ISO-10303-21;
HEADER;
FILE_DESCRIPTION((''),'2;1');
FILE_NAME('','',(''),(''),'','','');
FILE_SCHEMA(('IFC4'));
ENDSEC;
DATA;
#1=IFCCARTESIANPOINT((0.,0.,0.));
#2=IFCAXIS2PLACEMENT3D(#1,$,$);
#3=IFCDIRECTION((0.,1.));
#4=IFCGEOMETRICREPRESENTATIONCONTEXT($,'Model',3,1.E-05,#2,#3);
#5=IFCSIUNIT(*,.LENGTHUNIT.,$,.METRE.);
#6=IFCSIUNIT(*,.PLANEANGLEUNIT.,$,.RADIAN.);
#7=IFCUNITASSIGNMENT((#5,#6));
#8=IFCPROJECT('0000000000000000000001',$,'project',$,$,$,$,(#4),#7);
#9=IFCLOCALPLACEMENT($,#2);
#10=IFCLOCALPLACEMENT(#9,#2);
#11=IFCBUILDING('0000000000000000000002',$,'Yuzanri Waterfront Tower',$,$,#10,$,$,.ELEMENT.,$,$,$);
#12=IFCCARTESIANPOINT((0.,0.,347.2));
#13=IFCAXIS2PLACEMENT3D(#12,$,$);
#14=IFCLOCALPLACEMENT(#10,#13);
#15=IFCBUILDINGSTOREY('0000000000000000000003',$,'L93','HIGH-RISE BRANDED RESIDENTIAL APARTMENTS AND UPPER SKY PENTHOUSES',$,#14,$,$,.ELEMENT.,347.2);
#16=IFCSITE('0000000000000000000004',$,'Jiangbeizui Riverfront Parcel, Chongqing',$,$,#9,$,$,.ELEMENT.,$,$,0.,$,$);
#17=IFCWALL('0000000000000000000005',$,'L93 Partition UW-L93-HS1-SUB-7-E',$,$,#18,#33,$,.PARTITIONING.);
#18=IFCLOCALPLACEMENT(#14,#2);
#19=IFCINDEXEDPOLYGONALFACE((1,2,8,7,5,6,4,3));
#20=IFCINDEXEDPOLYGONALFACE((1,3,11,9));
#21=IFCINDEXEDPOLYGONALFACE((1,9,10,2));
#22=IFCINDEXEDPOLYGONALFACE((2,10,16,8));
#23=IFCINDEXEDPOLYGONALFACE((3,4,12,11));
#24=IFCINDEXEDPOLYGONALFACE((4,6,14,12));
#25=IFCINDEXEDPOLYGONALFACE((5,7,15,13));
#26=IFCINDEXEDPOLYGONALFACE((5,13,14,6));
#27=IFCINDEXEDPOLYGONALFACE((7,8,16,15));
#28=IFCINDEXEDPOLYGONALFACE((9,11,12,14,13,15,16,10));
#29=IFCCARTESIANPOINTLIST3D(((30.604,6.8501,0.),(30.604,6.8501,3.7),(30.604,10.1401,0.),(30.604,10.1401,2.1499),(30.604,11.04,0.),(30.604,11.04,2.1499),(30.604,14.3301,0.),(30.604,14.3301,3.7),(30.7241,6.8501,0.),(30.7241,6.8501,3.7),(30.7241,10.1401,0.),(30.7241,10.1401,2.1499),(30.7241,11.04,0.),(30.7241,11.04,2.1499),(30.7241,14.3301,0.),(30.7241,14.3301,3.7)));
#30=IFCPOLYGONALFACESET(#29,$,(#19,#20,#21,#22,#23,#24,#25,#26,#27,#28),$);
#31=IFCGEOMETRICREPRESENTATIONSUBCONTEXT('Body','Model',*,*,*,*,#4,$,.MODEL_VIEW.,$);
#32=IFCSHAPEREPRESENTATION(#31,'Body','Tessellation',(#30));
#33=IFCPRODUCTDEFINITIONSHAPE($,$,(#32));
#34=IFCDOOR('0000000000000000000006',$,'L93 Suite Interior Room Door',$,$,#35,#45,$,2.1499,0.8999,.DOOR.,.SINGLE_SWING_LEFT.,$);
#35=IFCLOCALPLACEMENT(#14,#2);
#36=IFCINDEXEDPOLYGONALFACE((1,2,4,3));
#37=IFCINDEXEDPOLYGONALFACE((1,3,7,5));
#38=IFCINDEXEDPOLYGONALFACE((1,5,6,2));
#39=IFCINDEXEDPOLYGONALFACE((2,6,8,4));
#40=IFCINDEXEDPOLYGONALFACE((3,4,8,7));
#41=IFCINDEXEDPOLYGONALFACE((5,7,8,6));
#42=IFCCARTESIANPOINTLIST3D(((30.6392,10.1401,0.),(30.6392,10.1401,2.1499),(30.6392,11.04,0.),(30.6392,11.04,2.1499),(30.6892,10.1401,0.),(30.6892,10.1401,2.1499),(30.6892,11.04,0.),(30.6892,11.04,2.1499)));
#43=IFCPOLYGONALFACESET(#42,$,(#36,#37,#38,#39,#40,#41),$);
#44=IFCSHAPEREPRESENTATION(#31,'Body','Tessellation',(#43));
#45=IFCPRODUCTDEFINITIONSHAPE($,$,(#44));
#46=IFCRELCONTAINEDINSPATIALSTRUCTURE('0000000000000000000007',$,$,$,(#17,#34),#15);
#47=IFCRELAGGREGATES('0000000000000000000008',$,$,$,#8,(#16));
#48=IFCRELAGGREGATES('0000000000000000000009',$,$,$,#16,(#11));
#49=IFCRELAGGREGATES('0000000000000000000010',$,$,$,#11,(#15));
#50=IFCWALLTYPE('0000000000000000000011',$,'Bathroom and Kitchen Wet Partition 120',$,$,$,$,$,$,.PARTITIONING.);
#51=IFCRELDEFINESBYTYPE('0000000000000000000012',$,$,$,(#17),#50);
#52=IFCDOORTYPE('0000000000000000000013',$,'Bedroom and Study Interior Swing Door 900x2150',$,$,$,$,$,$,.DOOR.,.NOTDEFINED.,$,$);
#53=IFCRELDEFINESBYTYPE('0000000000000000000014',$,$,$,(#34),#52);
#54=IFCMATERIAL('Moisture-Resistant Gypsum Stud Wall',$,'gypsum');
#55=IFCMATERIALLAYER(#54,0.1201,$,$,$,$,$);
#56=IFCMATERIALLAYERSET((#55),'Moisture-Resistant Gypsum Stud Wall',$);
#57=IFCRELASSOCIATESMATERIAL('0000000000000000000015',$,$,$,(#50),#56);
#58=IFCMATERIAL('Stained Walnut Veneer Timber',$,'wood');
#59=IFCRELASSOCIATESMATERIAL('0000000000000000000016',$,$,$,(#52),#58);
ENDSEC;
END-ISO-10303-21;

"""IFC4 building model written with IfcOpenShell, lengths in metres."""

from ifc_helpers import new_model, si_unit, direction, frame, frame_2d, origin, place, context, subcontext, project, spatial, rectangle, extrude, source, transform, mapped, material, layer, layer_set, type_object, element, fill, save


model = new_model("IFC4")

# Units and contexts
model_context = context("Model", 3, precision=1e-05, world=origin(), true_north=direction((0.0, 1.0)))
body_context = subcontext(model_context, "Body", "Model", "MODEL_VIEW")
ifc_project = project(units=[si_unit("LENGTHUNIT", "METRE"), si_unit("PLANEANGLEUNIT", "RADIAN")], contexts=[model_context])

# Site, building, storey
site_placement = place(None, origin())
site = spatial("IfcSite", under=ifc_project, at=site_placement, Name="Jiangbeizui Riverfront Parcel, Chongqing", CompositionType="ELEMENT", RefElevation=0.0)
building_placement = place(site_placement, origin())
building = spatial("IfcBuilding", under=site, at=building_placement, Name="Yuzanri Waterfront Tower", CompositionType="ELEMENT")
storey_placement = place(building_placement, frame((0.0, 0.0, 347.2)))
storey = spatial("IfcBuildingStorey", under=building, at=storey_placement, Name="L93", Description="HIGH-RISE BRANDED RESIDENTIAL APARTMENTS AND UPPER SKY PENTHOUSES", CompositionType="ELEMENT", Elevation=347.2)

# Wall, opening, door
ifc_material_1 = material(Name="Moisture-Resistant Gypsum Stud Wall", Category="gypsum")
ifc_layer_1 = layer(ifc_material_1, 0.1201)
ifc_layer_set_1 = layer_set([ifc_layer_1], Name="Moisture-Resistant Gypsum Stud Wall")
wall_type = type_object("IfcWallType", Name="Bathroom and Kitchen Wet Partition 120", PredefinedType="PARTITIONING", material=ifc_layer_set_1)
ifc_material_2 = material(Name="Stained Walnut Veneer Timber", Category="wood")
door_type = type_object("IfcDoorType", Name="Bedroom and Study Interior Swing Door 900x2150", OperationType="NOTDEFINED", PredefinedType="DOOR", material=ifc_material_2)
shared_shape_1 = source(origin(), body_context, "Body", "SweptSolid", [
    extrude(rectangle(XDim=0.8999, YDim=2.1499, at=frame_2d((0.45, 1.075))), frame((0.0, 0.0249, 0.0), z_axis=(0.0, -1.0, 0.0), x_axis=(1.0, 0.0, 0.0)), (0.0, 0.0, 1.0), 0.05),
])
wall_1_placement = place(storey_placement, frame((30.6641, 6.8501, 0.0), z_axis=(0.0, 0.0, 1.0), x_axis=(0.0, 1.0, 0.0)))
wall_1 = element("IfcWall", 1, at=wall_1_placement, inside=storey, type_object=wall_type, Name="L93 Partition UW-L93-HS1-SUB-7-E", PredefinedType="PARTITIONING", context=body_context, shape_type="SweptSolid", body=[
    extrude(rectangle(XDim=7.48, YDim=0.1201, at=frame_2d((3.74, 0.0))), origin(), (0.0, 0.0, 1.0), 3.7),
])
opening_1_placement = place(wall_1_placement, frame((3.29, 0.0, 0.0)))
opening_1 = element("IfcOpeningElement", 2, at=opening_1_placement, cuts=wall_1, PredefinedType="OPENING", context=body_context, shape_type="SweptSolid", body=[
    extrude(rectangle(XDim=0.8999, YDim=2.1499, at=frame_2d((0.45, 1.075))), frame((0.0, 0.075, 0.0), z_axis=(0.0, -1.0, 0.0), x_axis=(1.0, 0.0, 0.0)), (0.0, 0.0, 1.0), 0.1499),
])
door_1_placement = place(opening_1_placement, origin())
door_1 = element("IfcDoor", 3, at=door_1_placement, inside=storey, type_object=door_type, Name="L93 Suite Interior Room Door", OperationType="SINGLE_SWING_LEFT", OverallHeight=2.1499, OverallWidth=0.8999, PredefinedType="DOOR", context=body_context, shape_type="MappedRepresentation", body=[
    mapped(shared_shape_1, transform((0.0, 0.0, 0.0), scale=1.0)),
])
fill(opening_1, door_1)

save(model, "model.ifc")
